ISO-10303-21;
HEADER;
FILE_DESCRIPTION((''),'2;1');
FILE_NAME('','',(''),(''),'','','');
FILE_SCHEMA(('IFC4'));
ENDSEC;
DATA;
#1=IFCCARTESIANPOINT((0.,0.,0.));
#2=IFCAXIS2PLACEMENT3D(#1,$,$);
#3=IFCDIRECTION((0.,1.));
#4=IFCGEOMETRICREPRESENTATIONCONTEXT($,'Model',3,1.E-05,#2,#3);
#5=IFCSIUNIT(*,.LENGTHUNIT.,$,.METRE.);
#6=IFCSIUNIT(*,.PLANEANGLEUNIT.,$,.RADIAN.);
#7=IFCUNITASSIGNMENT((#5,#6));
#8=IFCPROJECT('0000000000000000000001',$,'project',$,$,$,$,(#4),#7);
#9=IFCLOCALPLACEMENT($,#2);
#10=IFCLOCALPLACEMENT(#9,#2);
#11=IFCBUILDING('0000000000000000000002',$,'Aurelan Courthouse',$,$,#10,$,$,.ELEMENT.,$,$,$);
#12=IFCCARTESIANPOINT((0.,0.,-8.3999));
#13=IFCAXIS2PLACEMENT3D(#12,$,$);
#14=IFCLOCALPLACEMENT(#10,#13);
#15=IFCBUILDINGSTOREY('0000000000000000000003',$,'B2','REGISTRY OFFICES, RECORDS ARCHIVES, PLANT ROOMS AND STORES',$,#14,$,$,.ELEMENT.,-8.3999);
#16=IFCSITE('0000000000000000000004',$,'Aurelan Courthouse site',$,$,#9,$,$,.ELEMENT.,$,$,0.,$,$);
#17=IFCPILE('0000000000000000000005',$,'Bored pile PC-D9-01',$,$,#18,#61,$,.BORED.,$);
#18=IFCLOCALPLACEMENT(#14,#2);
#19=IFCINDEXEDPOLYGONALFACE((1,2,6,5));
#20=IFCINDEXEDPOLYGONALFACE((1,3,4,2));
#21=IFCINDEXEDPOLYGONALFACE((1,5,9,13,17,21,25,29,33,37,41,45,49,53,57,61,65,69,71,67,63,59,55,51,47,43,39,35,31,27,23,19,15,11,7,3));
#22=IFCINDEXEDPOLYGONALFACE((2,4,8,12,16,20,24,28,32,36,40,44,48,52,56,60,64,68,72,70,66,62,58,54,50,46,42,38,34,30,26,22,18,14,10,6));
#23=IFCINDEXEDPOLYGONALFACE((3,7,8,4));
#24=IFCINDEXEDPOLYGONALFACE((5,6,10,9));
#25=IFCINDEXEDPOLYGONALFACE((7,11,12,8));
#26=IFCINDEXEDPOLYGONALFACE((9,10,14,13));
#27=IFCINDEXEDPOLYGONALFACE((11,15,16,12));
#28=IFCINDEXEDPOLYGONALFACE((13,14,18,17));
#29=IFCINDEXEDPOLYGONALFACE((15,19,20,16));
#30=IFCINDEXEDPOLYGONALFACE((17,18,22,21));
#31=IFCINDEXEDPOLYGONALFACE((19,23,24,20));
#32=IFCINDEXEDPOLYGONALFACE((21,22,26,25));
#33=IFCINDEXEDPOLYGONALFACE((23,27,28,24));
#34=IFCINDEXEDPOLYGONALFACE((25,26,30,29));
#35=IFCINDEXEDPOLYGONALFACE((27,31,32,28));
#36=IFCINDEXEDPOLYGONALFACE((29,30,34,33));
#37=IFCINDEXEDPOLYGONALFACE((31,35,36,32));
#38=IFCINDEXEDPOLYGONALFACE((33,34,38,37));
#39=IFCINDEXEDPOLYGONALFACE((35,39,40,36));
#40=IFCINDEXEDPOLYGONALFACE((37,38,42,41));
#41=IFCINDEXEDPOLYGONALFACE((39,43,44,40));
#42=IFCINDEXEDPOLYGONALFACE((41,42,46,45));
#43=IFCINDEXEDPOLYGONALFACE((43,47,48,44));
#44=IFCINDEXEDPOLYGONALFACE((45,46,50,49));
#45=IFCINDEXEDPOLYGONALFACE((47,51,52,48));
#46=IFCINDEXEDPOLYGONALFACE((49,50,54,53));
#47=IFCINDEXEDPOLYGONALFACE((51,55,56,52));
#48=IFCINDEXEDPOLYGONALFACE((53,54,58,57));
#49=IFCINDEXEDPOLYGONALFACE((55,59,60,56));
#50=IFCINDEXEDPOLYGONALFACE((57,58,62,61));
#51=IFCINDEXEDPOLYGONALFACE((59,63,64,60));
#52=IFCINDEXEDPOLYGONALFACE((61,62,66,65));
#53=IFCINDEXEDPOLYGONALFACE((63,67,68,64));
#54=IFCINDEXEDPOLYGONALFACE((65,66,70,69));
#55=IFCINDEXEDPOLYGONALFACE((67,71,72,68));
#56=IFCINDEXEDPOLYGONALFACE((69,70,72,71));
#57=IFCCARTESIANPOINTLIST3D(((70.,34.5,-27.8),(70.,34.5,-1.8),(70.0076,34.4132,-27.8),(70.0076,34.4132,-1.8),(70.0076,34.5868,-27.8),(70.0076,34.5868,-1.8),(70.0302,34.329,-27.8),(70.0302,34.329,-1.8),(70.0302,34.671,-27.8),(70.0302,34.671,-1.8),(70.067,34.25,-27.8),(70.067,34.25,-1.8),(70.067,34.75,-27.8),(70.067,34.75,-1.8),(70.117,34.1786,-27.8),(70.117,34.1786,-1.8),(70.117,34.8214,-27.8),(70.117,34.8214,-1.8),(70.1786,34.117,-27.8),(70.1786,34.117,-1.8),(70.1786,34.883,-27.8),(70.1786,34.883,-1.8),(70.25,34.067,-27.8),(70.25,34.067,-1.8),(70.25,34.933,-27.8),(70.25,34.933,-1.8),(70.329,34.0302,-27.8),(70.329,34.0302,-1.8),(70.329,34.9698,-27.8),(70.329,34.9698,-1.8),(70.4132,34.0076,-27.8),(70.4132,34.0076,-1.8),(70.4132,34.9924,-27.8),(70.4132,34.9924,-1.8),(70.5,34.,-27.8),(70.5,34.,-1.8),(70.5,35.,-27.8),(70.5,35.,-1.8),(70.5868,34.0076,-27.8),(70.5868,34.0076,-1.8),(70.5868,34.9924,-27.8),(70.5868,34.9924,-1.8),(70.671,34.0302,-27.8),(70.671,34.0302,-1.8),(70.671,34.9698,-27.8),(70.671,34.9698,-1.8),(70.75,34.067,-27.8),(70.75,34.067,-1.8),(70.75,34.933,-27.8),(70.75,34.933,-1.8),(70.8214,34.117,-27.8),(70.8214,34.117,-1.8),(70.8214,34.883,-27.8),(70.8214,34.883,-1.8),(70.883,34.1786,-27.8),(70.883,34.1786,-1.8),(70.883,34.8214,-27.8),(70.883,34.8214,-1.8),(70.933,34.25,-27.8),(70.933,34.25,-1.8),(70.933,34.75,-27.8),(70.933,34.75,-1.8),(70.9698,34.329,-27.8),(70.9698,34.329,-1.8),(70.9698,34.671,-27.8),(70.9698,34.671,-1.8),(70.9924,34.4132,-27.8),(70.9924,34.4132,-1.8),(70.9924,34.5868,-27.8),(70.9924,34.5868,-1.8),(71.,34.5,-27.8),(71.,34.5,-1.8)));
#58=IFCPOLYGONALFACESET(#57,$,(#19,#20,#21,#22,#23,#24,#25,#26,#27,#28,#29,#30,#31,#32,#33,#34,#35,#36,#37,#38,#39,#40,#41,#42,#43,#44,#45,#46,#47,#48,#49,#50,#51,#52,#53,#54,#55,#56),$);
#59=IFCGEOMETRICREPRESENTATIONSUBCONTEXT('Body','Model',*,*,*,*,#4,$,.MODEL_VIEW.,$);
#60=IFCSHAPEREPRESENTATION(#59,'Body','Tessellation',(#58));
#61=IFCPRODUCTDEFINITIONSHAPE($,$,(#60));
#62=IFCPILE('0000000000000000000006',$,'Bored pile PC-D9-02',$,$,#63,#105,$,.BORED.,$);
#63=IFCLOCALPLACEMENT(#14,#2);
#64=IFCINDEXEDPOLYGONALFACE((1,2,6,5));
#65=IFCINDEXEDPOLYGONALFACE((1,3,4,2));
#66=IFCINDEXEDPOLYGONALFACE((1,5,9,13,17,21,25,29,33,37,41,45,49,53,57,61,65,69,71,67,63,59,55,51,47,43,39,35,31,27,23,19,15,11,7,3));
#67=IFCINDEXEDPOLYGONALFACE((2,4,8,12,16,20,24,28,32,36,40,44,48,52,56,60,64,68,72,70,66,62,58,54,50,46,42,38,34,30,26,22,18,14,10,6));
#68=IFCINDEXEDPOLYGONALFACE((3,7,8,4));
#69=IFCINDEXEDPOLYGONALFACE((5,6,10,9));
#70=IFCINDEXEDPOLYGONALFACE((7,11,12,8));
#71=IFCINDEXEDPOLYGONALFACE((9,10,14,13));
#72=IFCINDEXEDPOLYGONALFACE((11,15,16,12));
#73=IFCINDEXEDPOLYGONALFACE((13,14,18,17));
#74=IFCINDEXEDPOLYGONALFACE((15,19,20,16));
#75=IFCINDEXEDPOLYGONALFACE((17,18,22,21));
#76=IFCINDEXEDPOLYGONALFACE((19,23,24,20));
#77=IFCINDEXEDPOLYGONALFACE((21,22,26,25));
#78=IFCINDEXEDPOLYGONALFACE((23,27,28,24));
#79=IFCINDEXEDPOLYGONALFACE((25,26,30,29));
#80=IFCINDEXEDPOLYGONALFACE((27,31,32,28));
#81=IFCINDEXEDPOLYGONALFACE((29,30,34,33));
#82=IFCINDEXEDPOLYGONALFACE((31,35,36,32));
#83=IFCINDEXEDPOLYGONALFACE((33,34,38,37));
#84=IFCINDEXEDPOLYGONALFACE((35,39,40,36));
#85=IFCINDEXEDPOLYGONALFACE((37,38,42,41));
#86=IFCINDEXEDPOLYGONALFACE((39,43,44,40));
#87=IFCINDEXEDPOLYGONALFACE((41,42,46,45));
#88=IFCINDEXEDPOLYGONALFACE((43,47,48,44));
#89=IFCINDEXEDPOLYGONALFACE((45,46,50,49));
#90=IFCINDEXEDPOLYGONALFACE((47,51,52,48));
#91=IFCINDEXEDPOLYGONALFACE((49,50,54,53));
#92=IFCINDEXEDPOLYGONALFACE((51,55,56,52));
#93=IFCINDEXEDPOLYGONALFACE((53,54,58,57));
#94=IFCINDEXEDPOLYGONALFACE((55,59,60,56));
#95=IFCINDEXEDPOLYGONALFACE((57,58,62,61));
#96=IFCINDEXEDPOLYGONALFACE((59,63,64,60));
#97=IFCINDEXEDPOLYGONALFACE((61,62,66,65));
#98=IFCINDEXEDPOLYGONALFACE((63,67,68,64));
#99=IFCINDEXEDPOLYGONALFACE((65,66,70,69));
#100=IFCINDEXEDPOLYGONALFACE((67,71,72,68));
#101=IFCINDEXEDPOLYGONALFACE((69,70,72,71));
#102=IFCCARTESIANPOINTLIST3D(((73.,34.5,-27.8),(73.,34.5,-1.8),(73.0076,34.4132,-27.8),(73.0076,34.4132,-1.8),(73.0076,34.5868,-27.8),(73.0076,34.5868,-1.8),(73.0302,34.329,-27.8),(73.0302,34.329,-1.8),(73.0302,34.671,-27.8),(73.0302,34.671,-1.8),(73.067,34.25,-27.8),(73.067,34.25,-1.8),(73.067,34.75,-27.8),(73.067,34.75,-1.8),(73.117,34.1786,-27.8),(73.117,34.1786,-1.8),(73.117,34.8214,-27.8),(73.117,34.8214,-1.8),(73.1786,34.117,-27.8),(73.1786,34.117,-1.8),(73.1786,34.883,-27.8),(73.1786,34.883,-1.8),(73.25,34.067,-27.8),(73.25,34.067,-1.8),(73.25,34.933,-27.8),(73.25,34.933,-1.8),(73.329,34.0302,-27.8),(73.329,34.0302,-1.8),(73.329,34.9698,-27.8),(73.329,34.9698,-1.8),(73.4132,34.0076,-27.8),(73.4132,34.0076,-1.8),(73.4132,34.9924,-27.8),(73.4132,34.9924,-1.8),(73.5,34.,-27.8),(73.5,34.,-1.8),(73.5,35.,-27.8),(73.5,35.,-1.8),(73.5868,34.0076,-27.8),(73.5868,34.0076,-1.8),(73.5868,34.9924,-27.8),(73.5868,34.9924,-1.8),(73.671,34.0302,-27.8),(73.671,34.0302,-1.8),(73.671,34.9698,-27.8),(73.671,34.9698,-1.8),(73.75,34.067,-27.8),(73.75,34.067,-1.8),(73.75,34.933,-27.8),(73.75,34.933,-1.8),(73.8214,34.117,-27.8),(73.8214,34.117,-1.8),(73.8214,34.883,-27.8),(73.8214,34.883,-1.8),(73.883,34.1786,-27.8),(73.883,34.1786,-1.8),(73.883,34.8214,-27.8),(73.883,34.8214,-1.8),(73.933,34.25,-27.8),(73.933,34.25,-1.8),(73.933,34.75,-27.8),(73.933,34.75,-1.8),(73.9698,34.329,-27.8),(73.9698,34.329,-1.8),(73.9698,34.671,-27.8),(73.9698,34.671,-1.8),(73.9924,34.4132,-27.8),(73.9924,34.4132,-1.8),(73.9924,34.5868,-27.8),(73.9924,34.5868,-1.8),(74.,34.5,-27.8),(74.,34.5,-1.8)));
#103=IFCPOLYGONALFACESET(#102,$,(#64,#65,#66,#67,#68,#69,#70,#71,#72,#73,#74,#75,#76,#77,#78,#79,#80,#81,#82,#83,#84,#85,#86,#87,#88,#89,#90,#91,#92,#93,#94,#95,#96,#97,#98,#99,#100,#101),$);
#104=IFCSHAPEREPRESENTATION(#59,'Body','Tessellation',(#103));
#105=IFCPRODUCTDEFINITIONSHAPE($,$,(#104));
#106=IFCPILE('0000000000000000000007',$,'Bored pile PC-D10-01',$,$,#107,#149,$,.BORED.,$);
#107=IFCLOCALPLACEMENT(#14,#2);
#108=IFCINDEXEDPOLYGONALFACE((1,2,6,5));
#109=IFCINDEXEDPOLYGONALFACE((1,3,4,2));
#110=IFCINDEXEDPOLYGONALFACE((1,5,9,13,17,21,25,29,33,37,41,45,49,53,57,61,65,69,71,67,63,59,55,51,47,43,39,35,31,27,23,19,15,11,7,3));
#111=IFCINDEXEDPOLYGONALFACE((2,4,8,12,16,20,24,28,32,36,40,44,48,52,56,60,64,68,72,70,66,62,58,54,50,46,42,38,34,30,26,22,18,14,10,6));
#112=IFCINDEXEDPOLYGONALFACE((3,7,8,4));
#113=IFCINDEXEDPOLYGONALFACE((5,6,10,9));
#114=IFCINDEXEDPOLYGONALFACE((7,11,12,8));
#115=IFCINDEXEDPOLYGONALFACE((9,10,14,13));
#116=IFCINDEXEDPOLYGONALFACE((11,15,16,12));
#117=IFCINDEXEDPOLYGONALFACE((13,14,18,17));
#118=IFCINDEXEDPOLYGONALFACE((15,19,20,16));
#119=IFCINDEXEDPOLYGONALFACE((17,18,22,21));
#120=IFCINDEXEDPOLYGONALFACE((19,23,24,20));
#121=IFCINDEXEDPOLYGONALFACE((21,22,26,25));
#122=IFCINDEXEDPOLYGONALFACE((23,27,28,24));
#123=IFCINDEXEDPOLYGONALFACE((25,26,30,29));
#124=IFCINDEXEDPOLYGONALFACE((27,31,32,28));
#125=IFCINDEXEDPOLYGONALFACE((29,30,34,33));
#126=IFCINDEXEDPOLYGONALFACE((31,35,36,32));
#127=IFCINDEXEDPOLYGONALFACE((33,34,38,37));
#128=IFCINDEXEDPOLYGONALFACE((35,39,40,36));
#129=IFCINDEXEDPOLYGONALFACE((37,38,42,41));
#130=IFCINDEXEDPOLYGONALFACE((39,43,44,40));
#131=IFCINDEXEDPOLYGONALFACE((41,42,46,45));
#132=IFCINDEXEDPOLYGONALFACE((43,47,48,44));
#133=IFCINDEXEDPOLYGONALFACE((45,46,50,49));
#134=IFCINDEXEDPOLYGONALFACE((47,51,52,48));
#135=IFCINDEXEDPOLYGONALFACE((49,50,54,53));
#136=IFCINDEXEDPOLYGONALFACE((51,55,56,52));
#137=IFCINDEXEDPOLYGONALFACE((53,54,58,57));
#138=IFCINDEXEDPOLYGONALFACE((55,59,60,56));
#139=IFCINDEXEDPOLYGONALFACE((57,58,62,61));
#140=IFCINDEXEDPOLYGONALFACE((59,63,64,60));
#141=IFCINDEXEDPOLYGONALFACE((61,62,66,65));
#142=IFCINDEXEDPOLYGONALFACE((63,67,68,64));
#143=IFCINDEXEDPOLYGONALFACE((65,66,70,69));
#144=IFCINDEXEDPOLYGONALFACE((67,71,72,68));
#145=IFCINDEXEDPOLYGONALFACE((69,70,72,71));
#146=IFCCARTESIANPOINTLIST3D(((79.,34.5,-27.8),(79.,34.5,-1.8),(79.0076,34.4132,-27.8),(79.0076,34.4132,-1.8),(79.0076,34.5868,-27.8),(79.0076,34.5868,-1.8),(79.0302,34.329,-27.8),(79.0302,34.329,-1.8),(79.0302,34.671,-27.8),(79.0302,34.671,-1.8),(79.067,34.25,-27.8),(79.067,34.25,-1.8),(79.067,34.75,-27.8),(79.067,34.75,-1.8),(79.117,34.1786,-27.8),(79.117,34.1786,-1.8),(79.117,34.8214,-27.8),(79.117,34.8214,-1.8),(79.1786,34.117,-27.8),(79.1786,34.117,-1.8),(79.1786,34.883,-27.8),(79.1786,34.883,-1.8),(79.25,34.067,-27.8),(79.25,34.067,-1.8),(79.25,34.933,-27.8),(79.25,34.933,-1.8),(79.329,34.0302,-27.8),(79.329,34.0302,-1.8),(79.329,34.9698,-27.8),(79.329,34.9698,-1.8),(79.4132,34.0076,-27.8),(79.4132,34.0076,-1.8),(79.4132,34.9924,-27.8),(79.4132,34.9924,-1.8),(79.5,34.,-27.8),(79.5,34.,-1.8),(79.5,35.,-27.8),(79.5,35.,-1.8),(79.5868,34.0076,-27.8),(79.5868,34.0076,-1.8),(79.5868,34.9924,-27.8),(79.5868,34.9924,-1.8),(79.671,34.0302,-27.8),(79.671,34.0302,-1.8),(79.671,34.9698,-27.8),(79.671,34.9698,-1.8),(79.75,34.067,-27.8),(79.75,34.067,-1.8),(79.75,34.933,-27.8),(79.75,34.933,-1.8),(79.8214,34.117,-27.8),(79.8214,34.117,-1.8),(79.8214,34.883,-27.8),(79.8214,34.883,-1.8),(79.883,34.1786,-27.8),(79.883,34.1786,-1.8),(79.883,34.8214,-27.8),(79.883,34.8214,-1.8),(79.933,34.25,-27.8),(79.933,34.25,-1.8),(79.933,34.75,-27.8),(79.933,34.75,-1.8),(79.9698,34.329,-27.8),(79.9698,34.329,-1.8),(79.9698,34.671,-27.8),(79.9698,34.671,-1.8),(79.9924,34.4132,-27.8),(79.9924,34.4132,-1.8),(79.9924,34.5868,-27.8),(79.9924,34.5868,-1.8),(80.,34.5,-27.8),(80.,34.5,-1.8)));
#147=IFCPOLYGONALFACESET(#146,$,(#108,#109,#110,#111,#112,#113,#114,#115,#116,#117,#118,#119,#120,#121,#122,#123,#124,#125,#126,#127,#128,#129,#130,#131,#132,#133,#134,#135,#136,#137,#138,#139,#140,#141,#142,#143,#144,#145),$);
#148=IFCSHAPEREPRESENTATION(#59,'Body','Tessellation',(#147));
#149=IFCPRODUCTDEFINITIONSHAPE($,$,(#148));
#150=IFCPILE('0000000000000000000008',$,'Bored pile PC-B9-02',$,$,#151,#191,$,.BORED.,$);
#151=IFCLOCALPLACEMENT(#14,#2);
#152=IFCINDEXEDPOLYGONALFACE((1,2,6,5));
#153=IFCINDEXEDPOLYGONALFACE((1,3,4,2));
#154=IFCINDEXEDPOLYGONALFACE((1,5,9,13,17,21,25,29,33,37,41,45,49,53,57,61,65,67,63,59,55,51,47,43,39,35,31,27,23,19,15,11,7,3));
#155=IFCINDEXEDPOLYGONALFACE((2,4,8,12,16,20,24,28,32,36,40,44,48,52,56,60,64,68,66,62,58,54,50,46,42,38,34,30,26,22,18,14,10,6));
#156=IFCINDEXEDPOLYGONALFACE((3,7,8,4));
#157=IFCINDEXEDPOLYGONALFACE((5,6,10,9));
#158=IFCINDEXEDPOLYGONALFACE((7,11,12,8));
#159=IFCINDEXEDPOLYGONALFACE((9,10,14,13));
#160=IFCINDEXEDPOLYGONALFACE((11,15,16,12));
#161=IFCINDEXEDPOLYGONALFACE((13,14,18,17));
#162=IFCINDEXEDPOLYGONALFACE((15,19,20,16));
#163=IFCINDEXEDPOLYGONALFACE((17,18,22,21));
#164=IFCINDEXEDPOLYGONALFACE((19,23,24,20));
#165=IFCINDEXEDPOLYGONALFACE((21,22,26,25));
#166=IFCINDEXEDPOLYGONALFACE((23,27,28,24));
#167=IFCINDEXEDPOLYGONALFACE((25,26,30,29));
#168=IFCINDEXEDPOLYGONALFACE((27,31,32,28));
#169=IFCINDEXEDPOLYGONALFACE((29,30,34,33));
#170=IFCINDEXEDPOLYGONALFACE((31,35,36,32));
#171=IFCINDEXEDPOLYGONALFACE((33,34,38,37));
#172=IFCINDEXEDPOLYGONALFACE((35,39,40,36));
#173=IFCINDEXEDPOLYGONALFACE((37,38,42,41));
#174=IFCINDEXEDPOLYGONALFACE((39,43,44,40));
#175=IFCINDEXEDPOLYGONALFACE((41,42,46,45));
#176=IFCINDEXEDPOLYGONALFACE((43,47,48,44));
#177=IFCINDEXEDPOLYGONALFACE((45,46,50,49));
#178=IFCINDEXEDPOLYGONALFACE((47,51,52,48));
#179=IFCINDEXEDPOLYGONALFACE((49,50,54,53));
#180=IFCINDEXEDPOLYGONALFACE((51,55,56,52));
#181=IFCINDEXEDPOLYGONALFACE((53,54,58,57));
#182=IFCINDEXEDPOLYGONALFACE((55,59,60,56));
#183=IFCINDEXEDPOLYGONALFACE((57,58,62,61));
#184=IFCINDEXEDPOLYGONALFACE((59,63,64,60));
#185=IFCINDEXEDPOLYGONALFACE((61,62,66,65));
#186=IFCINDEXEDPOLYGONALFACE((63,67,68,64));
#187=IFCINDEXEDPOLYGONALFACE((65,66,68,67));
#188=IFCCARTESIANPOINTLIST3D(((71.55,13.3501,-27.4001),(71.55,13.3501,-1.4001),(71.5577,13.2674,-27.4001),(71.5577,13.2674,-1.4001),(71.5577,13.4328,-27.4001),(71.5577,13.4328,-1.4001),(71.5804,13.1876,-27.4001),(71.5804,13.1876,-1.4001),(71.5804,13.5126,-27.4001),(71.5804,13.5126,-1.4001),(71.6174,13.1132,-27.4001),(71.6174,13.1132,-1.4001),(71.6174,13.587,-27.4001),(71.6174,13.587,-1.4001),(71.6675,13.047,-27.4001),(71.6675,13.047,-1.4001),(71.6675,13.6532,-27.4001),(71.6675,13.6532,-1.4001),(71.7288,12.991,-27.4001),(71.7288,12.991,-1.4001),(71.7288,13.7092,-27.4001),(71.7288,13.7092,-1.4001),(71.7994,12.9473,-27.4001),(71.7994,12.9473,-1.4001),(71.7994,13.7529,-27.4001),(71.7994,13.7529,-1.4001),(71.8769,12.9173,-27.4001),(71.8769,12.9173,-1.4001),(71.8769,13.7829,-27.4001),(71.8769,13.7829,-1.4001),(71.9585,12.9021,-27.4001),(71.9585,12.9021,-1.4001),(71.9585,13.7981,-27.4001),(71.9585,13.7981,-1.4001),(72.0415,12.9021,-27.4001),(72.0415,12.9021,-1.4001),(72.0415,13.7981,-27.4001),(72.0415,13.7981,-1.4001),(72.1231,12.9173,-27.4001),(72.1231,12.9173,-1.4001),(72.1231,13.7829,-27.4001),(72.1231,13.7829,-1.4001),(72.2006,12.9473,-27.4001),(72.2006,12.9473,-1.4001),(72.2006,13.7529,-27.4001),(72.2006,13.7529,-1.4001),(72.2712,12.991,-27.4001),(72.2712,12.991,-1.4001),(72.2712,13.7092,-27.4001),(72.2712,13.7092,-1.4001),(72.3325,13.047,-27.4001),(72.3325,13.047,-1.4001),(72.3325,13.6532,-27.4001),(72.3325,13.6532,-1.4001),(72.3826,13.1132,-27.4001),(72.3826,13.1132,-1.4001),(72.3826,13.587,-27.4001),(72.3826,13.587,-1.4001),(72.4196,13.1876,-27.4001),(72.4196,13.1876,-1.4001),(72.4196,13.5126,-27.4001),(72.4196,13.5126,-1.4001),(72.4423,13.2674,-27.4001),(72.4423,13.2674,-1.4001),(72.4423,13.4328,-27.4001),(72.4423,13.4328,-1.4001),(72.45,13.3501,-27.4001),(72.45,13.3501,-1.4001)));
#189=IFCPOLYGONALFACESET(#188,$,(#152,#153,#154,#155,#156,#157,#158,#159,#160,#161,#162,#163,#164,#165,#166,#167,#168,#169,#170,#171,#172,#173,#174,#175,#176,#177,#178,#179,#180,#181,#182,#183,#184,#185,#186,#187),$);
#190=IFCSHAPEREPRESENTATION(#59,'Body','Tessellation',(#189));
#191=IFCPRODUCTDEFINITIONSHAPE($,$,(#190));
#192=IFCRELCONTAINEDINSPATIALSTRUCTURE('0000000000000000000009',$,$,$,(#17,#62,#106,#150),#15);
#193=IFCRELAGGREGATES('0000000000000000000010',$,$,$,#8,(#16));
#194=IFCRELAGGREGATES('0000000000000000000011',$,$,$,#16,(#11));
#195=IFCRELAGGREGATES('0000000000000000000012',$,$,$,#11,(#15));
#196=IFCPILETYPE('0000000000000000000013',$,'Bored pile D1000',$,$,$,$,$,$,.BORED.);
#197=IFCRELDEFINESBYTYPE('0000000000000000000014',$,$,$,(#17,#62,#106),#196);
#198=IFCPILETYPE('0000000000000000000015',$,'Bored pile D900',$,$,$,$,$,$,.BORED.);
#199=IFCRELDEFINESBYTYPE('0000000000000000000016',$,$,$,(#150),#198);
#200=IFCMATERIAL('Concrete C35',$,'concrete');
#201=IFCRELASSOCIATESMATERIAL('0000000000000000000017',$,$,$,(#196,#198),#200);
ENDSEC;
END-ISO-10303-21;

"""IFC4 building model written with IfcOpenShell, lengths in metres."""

from ifc_helpers import new_model, si_unit, direction, frame, origin, origin_2d, place, context, subcontext, project, spatial, circle, extrude, material, material_profile, profile_set, type_object, element, save


model = new_model("IFC4")

# Units and contexts
model_context = context("Model", 3, precision=1e-05, world=origin(), true_north=direction((0.0, 1.0)))
body_context = subcontext(model_context, "Body", "Model", "MODEL_VIEW")
ifc_project = project(units=[si_unit("LENGTHUNIT", "METRE"), si_unit("PLANEANGLEUNIT", "RADIAN")], contexts=[model_context])

# Site, building, storey
site_placement = place(None, origin())
site = spatial("IfcSite", under=ifc_project, at=site_placement, Name="Aurelan Courthouse site", CompositionType="ELEMENT", RefElevation=0.0)
building_placement = place(site_placement, origin())
building = spatial("IfcBuilding", under=site, at=building_placement, Name="Aurelan Courthouse", CompositionType="ELEMENT")
storey_placement = place(building_placement, frame((0.0, 0.0, -8.3999)))
storey = spatial("IfcBuildingStorey", under=building, at=storey_placement, Name="B2", Description="REGISTRY OFFICES, RECORDS ARCHIVES, PLANT ROOMS AND STORES", CompositionType="ELEMENT", Elevation=-8.3999)

# Piles
ifc_material_1 = material(Name="Concrete C35", Category="concrete")
ifc_material_profile_1 = material_profile(ifc_material_1, circle(Radius=0.5, at=origin_2d()), Name="D1000")
ifc_profile_set_1 = profile_set([ifc_material_profile_1], Name="Concrete C35")
pile_type_1 = type_object("IfcPileType", Name="Bored pile D1000", PredefinedType="BORED", material=ifc_profile_set_1)
for number, where, z_axis, x_axis, name in (
    (1, (70.5, 34.5, -1.8), (0.0, 0.0, -1.0), (1.0, 0.0, 0.0), "Bored pile PC-D9-01"),
    (2, (73.5, 34.5, -1.8), (0.0, 0.0, -1.0), (1.0, 0.0, 0.0), "Bored pile PC-D9-02"),
    (3, (79.5, 34.5, -1.8), (0.0, 0.0, -1.0), (1.0, 0.0, 0.0), "Bored pile PC-D10-01"),
):
    element("IfcPile", number, at=place(storey_placement, frame(where, z_axis=z_axis, x_axis=x_axis)), inside=storey, type_object=pile_type_1, Name=name, PredefinedType="BORED", context=body_context, shape_type="SweptSolid", body=[
        extrude(circle(Radius=0.5, at=origin_2d()), origin(), (0.0, 0.0, 1.0), 26.0),
    ])
ifc_material_profile_2 = material_profile(ifc_material_1, circle(Radius=0.45, at=origin_2d()), Name="D900")
ifc_profile_set_2 = profile_set([ifc_material_profile_2], Name="Concrete C35")
pile_type_2 = type_object("IfcPileType", Name="Bored pile D900", PredefinedType="BORED", material=ifc_profile_set_2)
for number, where, z_axis, x_axis, name in (
    (4, (72.0, 13.3501, -1.4001), (0.0, 0.0, -1.0), (1.0, 0.0, 0.0), "Bored pile PC-B9-02"),
):
    element("IfcPile", number, at=place(storey_placement, frame(where, z_axis=z_axis, x_axis=x_axis)), inside=storey, type_object=pile_type_2, Name=name, PredefinedType="BORED", context=body_context, shape_type="SweptSolid", body=[
        extrude(circle(Radius=0.45, at=origin_2d()), origin(), (0.0, 0.0, 1.0), 26.0),
    ])

save(model, "model.ifc")
